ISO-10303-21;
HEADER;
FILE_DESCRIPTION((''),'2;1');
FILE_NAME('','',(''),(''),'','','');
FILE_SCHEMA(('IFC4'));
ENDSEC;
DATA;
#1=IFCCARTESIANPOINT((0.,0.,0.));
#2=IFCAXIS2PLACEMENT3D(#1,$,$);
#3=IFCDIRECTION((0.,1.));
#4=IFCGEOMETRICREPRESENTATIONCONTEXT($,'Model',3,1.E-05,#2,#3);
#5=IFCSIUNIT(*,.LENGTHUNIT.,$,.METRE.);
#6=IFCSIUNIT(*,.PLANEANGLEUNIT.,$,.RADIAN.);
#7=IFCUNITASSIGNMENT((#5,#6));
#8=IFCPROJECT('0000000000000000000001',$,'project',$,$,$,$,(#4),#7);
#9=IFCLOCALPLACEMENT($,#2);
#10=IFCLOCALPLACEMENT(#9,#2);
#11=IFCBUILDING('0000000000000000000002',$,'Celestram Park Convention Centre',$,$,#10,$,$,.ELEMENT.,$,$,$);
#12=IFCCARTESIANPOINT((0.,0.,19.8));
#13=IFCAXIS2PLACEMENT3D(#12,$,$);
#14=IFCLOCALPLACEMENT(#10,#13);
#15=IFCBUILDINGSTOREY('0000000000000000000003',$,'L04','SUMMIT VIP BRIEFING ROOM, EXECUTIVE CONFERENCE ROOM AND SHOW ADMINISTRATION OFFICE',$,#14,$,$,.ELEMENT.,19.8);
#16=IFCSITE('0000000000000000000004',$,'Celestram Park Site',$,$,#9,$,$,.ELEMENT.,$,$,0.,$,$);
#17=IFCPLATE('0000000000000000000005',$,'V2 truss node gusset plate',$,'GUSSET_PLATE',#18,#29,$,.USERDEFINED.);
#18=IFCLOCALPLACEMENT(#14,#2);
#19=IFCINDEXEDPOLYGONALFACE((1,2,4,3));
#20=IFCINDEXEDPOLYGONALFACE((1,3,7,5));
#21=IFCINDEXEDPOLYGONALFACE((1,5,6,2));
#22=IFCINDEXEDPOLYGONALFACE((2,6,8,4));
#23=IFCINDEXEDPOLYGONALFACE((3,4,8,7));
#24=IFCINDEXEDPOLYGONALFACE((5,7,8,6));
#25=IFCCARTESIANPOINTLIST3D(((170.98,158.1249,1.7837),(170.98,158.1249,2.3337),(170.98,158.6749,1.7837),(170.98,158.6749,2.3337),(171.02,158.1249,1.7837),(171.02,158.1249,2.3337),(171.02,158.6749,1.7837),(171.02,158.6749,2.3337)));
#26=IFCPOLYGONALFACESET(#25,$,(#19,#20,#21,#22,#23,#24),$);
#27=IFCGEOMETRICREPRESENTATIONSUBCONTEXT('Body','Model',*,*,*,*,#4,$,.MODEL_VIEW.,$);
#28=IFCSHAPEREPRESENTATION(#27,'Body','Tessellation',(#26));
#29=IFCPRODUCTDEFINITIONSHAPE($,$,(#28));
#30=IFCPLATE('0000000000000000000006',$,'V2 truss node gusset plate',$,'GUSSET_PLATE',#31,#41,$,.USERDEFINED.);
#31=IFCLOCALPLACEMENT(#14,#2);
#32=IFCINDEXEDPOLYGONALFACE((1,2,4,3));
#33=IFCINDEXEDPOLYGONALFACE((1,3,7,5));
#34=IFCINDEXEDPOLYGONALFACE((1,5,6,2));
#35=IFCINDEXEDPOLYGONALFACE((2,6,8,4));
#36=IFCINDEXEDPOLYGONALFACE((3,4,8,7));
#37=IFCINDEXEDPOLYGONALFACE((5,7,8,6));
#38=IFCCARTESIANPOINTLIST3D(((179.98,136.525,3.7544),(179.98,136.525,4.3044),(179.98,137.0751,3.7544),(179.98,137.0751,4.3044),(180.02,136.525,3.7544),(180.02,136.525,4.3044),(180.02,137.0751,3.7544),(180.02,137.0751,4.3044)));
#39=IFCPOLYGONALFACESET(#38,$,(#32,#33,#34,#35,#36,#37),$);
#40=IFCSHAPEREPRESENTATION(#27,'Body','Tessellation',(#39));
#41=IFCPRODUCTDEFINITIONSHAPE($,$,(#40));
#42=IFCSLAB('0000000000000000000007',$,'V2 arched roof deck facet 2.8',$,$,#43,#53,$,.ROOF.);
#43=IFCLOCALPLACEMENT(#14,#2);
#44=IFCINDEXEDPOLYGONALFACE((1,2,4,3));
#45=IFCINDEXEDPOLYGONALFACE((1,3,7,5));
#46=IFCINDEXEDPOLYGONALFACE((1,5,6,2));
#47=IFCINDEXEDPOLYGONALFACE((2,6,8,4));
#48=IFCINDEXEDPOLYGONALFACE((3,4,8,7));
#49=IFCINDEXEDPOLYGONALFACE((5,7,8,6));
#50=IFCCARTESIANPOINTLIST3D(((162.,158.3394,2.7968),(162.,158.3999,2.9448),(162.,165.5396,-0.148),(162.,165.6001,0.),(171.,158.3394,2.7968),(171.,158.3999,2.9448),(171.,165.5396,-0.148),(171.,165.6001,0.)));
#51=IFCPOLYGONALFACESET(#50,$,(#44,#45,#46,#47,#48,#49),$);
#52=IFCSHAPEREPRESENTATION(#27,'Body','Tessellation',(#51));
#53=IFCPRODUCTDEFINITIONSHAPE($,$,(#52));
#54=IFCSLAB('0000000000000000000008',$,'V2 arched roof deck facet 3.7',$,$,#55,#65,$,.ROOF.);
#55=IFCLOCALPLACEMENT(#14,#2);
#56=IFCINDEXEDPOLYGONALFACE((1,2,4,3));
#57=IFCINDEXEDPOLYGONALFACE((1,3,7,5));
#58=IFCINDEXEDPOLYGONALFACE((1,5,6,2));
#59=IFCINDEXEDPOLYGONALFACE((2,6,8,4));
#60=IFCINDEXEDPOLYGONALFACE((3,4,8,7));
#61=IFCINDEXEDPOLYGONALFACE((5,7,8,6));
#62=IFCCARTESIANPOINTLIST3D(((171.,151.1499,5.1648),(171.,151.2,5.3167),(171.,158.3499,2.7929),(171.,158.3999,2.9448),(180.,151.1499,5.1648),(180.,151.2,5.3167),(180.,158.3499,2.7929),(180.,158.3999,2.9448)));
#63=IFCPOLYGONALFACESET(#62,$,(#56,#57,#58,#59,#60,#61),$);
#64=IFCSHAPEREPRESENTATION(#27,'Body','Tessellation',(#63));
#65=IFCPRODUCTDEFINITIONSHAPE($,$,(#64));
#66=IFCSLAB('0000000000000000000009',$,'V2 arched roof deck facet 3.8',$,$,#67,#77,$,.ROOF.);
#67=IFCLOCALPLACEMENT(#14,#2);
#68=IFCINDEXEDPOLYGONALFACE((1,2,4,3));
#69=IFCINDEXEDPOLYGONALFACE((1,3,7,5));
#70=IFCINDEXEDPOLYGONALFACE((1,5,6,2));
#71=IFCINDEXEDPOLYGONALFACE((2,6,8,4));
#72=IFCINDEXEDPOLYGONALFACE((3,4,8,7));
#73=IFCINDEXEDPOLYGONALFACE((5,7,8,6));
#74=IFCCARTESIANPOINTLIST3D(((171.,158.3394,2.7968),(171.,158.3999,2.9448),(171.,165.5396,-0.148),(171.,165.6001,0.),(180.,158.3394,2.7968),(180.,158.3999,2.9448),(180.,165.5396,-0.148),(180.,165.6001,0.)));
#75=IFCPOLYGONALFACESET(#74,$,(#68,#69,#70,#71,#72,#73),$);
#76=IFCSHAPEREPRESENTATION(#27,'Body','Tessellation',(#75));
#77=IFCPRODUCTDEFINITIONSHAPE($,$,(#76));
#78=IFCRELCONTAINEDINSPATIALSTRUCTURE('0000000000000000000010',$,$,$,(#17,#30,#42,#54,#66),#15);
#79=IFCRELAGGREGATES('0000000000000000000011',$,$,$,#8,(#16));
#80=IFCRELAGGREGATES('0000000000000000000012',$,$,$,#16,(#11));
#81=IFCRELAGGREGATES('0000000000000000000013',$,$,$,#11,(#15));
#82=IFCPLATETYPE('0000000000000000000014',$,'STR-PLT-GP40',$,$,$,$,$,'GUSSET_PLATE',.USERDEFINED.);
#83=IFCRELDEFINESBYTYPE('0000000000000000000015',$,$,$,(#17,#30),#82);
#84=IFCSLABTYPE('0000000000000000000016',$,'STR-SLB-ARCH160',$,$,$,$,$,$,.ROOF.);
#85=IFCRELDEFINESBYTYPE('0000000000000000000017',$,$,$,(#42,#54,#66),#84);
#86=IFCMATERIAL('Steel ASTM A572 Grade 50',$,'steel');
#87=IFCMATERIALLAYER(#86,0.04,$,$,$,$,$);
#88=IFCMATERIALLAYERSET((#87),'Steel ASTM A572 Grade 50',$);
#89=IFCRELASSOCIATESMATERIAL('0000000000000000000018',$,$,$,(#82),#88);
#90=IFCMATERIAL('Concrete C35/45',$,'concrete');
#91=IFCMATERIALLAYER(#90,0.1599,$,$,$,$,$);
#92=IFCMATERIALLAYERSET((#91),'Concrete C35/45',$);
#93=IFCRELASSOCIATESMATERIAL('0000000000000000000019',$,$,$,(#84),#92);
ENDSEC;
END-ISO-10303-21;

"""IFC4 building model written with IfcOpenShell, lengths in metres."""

from ifc_helpers import new_model, si_unit, direction, frame, origin, origin_2d, place, context, subcontext, project, spatial, polyline, rectangle, outline, extrude, material, layer, layer_set, type_object, element, save


model = new_model("IFC4")

# Units and contexts
model_context = context("Model", 3, precision=1e-05, world=origin(), true_north=direction((0.0, 1.0)))
body_context = subcontext(model_context, "Body", "Model", "MODEL_VIEW")
ifc_project = project(units=[si_unit("LENGTHUNIT", "METRE"), si_unit("PLANEANGLEUNIT", "RADIAN")], contexts=[model_context])

# Site, building, storey
site_placement = place(None, origin())
site = spatial("IfcSite", under=ifc_project, at=site_placement, Name="Celestram Park Site", CompositionType="ELEMENT", RefElevation=0.0)
building_placement = place(site_placement, origin())
building = spatial("IfcBuilding", under=site, at=building_placement, Name="Celestram Park Convention Centre", CompositionType="ELEMENT")
storey_placement = place(building_placement, frame((0.0, 0.0, 19.8)))
storey = spatial("IfcBuildingStorey", under=building, at=storey_placement, Name="L04", Description="SUMMIT VIP BRIEFING ROOM, EXECUTIVE CONFERENCE ROOM AND SHOW ADMINISTRATION OFFICE", CompositionType="ELEMENT", Elevation=19.8)

# Plates
ifc_material_1 = material(Name="Steel ASTM A572 Grade 50", Category="steel")
ifc_layer_1 = layer(ifc_material_1, 0.04)
ifc_layer_set_1 = layer_set([ifc_layer_1], Name="Steel ASTM A572 Grade 50")
plate_type = type_object("IfcPlateType", Name="STR-PLT-GP40", ElementType="GUSSET_PLATE", PredefinedType="USERDEFINED", material=ifc_layer_set_1)
for number, where, z_axis, x_axis, name in (
    (1, (171.0, 158.3999, 1.7837), (0.0, 0.0, 1.0), (0.0, 1.0, 0.0), "V2 truss node gusset plate"),
    (2, (180.0, 136.8, 3.7544), (0.0, 0.0, 1.0), (0.0, 1.0, 0.0), "V2 truss node gusset plate"),
):
    element("IfcPlate", number, at=place(storey_placement, frame(where, z_axis=z_axis, x_axis=x_axis)), inside=storey, type_object=plate_type, Name=name, ObjectType="GUSSET_PLATE", PredefinedType="USERDEFINED", context=body_context, shape_type="SweptSolid", body=[
        extrude(rectangle(XDim=0.55, YDim=0.04, at=origin_2d()), origin(), (0.0, 0.0, 1.0), 0.55),
    ])

# Slabs
ifc_material_2 = material(Name="Concrete C35/45", Category="concrete")
ifc_layer_2 = layer(ifc_material_2, 0.1599)
ifc_layer_set_2 = layer_set([ifc_layer_2], Name="Concrete C35/45")
slab_type = type_object("IfcSlabType", Name="STR-SLB-ARCH160", PredefinedType="ROOF", material=ifc_layer_set_2)
slab_1_placement = place(storey_placement, frame((162.0, 158.3999, 2.9448), z_axis=(0.0, 0.378555, 0.925579), x_axis=(1.0, 0.0, 0.0)))
element("IfcSlab", 3, at=slab_1_placement, inside=storey, type_object=slab_type, Name="V2 arched roof deck facet 2.8", PredefinedType="ROOF", context=body_context, shape_type="SweptSolid", body=[
    extrude(outline(polyline([(0.0, 0.0), (9.0, 0.0), (9.0, 7.7791), (0.0, 7.7791), (0.0, 0.0)])), origin(), (0.0, 0.0, -1.0), 0.1599),
])
slab_2_placement = place(storey_placement, frame((171.0, 151.2, 5.3167), z_axis=(0.0, 0.312883, 0.949792), x_axis=(1.0, 0.0, 0.0)))
element("IfcSlab", 4, at=slab_2_placement, inside=storey, type_object=slab_type, Name="V2 arched roof deck facet 3.7", PredefinedType="ROOF", context=body_context, shape_type="SweptSolid", body=[
    extrude(outline(polyline([(0.0, 0.0), (9.0, 0.0), (9.0, 7.5806), (0.0, 7.5806), (0.0, 0.0)])), origin(), (0.0, 0.0, -1.0), 0.1599),
])
slab_3_placement = place(storey_placement, frame((171.0, 158.3999, 2.9448), z_axis=(0.0, 0.378555, 0.925579), x_axis=(1.0, 0.0, 0.0)))
element("IfcSlab", 5, at=slab_3_placement, inside=storey, type_object=slab_type, Name="V2 arched roof deck facet 3.8", PredefinedType="ROOF", context=body_context, shape_type="SweptSolid", body=[
    extrude(outline(polyline([(0.0, 0.0), (9.0, 0.0), (9.0, 7.7791), (0.0, 7.7791), (0.0, 0.0)])), origin(), (0.0, 0.0, -1.0), 0.1599),
])

save(model, "model.ifc")
